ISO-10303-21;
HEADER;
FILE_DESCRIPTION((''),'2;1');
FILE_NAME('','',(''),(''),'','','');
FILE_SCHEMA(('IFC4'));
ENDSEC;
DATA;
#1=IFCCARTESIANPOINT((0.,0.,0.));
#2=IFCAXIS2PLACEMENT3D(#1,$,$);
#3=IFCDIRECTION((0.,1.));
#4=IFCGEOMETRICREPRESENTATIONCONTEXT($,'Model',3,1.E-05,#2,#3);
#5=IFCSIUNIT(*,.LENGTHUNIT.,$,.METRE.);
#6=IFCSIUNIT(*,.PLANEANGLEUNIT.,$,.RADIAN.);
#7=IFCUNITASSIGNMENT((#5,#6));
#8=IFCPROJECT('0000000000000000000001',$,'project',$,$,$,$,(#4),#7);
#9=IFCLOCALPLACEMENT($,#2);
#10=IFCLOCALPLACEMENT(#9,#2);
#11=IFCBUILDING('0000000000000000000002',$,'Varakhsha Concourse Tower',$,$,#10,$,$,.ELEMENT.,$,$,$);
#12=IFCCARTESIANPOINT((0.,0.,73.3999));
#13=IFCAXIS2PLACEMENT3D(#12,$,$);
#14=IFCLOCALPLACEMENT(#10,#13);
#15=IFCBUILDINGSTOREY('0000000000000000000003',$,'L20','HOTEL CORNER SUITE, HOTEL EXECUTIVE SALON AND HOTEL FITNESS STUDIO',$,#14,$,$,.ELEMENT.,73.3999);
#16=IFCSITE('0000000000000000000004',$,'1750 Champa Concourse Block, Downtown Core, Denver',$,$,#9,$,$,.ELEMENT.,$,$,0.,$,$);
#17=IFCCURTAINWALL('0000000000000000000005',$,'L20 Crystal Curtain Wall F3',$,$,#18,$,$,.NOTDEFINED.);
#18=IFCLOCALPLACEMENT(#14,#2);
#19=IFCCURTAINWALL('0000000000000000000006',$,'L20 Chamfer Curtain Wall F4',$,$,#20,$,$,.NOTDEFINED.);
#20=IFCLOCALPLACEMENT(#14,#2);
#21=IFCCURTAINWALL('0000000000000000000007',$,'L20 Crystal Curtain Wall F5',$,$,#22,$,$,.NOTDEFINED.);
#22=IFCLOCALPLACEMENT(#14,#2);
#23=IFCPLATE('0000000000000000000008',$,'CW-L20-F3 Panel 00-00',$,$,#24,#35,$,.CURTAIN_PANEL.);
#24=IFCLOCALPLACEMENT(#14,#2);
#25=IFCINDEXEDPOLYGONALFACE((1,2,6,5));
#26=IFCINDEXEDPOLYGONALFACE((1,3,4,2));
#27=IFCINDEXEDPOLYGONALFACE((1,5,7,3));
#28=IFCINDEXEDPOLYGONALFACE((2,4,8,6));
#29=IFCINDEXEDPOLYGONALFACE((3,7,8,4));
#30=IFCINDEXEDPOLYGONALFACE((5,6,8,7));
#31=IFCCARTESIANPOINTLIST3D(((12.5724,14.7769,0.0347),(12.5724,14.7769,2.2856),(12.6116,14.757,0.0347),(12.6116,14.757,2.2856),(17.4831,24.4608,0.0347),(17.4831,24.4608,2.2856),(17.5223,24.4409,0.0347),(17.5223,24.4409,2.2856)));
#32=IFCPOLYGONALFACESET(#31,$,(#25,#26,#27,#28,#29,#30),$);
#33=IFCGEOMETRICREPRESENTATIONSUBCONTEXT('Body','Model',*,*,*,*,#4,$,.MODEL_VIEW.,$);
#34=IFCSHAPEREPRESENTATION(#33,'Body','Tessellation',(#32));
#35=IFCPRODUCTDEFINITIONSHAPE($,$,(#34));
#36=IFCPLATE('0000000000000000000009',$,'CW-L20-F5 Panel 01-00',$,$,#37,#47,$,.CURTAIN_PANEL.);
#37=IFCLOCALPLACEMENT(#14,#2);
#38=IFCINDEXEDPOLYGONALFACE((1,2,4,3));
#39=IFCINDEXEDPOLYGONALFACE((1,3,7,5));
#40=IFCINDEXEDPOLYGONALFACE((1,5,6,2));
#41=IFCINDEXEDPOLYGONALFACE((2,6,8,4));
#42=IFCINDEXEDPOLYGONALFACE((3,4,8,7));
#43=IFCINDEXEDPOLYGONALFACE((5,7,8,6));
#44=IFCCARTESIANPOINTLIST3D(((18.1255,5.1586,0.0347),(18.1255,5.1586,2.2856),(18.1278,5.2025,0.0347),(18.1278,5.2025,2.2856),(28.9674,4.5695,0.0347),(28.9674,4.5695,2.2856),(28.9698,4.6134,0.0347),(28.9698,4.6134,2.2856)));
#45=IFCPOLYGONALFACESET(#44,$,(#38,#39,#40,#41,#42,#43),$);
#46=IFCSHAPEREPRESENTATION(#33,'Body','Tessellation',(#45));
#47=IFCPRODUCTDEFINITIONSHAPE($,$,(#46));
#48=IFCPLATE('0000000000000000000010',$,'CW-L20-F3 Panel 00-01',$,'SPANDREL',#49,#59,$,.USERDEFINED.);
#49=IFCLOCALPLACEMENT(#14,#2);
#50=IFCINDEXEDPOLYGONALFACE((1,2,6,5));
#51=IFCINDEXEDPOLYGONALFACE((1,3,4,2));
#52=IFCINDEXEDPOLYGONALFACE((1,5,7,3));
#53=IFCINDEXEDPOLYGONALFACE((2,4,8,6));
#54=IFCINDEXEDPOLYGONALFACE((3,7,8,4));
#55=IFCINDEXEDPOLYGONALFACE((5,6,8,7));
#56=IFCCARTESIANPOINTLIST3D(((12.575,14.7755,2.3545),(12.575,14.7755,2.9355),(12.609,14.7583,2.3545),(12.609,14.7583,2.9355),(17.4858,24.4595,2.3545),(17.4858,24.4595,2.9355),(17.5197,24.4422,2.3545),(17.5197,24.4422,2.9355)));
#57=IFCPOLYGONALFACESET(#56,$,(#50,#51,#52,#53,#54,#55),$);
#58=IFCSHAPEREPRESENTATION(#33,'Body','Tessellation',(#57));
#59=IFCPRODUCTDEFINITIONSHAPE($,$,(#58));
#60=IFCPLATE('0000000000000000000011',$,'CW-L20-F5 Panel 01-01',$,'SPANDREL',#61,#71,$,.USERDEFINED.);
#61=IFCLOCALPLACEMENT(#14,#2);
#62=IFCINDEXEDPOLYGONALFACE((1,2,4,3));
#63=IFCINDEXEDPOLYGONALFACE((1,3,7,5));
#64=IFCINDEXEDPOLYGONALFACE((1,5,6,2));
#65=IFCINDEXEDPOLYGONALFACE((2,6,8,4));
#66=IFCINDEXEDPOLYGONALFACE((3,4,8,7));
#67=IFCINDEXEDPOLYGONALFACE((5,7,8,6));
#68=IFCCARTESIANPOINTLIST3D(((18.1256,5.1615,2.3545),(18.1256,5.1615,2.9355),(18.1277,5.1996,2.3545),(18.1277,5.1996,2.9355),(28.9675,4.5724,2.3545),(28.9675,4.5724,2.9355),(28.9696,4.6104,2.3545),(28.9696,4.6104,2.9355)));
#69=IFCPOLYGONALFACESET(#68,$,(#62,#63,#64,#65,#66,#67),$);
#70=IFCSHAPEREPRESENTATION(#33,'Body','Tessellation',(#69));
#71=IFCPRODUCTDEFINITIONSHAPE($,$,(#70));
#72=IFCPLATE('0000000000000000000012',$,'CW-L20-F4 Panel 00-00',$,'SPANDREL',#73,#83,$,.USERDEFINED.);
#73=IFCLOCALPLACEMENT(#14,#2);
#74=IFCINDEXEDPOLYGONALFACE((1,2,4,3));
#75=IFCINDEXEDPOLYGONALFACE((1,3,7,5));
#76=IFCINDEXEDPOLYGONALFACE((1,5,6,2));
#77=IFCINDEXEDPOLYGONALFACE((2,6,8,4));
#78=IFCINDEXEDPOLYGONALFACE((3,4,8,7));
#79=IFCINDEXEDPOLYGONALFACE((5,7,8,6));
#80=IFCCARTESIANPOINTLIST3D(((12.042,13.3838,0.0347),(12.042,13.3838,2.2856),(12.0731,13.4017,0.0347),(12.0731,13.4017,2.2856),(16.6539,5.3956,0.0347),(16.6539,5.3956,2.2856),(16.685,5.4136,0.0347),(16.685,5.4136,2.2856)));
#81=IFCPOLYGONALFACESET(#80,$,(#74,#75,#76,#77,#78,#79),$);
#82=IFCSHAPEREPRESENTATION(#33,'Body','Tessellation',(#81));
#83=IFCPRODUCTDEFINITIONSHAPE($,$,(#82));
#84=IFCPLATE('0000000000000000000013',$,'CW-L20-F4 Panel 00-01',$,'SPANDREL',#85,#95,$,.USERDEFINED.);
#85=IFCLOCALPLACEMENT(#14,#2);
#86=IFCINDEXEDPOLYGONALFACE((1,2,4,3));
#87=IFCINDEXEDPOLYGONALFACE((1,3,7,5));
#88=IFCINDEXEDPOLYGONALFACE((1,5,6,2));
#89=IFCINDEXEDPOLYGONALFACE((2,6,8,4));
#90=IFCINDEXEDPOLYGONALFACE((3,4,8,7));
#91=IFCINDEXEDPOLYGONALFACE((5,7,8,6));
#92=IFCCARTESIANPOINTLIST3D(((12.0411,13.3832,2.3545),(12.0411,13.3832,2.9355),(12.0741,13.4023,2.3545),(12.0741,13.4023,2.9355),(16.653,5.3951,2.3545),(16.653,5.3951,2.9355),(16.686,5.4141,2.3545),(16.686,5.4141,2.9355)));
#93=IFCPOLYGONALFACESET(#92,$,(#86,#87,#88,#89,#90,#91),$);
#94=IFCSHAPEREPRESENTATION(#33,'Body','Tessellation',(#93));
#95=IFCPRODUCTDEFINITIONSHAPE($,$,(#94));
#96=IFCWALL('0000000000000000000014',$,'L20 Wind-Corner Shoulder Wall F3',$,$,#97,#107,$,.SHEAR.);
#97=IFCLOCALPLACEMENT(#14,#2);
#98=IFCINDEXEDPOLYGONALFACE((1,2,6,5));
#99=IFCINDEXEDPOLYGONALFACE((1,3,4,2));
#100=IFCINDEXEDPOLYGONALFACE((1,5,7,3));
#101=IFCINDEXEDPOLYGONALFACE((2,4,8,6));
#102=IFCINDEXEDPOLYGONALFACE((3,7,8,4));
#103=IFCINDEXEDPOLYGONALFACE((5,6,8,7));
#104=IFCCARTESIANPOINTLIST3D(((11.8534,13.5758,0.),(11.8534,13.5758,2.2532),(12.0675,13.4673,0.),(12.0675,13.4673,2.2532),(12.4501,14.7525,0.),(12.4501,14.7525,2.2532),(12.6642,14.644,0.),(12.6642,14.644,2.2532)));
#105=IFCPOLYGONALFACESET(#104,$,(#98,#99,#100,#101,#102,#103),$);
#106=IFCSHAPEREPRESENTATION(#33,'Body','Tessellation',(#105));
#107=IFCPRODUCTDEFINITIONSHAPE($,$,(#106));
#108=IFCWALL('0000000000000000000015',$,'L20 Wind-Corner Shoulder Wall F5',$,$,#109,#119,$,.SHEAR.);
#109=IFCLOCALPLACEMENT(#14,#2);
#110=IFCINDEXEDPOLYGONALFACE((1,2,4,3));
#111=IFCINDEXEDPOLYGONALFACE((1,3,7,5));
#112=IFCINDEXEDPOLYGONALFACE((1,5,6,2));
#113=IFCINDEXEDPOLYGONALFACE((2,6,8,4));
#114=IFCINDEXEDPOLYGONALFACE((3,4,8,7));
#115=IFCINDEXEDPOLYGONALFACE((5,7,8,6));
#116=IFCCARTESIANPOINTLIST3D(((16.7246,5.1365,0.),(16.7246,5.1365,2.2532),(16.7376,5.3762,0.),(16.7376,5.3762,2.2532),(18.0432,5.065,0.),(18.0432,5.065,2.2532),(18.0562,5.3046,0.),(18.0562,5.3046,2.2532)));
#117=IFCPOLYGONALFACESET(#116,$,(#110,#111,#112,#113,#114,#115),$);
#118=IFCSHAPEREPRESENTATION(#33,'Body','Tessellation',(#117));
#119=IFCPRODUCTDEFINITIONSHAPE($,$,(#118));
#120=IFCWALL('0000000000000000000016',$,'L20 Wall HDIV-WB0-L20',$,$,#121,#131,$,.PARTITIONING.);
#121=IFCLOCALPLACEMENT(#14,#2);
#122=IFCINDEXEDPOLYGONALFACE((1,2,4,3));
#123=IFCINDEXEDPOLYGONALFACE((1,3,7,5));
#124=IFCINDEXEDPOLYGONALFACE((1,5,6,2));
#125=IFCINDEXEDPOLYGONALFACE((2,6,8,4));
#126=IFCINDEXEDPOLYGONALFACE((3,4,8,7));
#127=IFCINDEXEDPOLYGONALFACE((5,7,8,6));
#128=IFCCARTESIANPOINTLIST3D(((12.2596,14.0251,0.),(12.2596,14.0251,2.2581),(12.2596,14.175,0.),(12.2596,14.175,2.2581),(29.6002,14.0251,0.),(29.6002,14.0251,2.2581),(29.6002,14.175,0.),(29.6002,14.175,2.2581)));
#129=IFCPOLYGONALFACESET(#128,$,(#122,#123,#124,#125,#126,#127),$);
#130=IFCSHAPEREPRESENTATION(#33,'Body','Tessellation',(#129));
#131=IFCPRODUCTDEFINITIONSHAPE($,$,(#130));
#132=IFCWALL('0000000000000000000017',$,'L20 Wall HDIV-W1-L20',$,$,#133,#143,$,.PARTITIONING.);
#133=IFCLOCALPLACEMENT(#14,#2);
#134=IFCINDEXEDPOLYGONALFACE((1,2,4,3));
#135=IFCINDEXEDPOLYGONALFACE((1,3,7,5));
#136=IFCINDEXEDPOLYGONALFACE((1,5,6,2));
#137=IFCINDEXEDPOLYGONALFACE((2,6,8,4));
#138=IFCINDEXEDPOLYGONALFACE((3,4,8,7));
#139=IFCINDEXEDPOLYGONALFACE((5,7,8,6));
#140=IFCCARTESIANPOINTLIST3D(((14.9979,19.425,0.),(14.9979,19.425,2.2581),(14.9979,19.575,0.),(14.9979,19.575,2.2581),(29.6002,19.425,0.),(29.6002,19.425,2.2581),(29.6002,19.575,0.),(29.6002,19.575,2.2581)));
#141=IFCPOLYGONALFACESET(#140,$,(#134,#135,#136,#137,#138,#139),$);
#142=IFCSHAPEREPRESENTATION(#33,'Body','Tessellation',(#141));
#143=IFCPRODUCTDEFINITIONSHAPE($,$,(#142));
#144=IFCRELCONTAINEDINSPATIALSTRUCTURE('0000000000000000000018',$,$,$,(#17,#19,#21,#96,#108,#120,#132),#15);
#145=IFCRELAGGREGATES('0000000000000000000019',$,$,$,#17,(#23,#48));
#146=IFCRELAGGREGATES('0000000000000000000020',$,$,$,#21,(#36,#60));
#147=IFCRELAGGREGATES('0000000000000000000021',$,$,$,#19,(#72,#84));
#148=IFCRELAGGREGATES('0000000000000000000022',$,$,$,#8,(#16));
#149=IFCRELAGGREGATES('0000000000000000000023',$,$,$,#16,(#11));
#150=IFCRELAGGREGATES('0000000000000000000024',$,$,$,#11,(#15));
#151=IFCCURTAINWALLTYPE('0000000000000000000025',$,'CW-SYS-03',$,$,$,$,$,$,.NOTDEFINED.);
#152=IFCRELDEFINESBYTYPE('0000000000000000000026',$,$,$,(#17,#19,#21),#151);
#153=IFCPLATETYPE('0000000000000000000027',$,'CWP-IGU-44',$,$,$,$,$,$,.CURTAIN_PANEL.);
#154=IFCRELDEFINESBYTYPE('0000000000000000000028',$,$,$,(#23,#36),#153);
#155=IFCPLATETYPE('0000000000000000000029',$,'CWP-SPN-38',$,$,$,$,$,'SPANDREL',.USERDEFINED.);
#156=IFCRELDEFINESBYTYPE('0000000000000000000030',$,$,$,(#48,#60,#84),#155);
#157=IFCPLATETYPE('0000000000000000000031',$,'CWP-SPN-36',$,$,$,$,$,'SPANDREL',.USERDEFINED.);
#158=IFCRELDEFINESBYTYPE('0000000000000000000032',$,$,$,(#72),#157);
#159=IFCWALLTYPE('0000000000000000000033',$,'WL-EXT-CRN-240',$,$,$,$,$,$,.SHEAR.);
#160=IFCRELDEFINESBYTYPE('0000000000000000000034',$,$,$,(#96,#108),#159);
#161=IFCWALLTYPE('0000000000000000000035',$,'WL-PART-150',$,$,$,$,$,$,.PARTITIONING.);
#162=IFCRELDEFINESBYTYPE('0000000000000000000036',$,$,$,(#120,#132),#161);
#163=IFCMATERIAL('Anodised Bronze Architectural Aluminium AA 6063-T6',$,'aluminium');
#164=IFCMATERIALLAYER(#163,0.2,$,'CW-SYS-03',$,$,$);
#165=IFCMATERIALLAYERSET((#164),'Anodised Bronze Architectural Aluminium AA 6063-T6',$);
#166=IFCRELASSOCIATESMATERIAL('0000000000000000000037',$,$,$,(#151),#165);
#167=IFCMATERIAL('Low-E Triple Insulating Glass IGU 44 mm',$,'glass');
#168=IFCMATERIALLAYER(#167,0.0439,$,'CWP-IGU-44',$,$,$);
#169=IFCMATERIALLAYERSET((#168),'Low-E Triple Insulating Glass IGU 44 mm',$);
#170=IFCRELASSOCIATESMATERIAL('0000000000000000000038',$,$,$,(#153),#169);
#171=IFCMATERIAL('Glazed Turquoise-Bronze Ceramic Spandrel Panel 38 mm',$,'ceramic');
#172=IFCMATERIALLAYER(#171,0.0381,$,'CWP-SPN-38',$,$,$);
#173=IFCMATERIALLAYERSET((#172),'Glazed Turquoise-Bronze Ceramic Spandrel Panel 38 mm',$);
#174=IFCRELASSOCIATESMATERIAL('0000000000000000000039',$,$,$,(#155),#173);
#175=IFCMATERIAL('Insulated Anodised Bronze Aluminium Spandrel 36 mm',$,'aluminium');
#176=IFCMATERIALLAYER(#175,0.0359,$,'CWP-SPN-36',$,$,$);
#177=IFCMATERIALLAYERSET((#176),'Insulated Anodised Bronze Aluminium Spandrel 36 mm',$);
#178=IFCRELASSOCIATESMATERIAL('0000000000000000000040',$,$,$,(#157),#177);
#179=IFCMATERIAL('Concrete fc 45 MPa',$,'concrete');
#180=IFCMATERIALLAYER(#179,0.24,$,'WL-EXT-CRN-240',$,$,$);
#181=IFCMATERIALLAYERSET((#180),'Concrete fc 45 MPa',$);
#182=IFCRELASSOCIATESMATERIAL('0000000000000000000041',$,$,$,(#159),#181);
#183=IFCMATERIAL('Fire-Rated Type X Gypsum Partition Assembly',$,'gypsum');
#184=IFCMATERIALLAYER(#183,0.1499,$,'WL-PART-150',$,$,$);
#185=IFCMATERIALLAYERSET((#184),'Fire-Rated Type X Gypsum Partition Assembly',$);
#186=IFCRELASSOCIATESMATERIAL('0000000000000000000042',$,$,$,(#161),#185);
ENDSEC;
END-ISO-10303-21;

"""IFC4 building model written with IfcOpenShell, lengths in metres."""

from ifc_helpers import new_model, si_unit, direction, frame, frame_2d, origin, origin_2d, place, context, subcontext, project, spatial, rectangle, extrude, source, transform, mapped, material, layer, layer_set, type_object, type_shapes, element, aggregate, save


model = new_model("IFC4")

# Units and contexts
model_context = context("Model", 3, precision=1e-05, world=origin(), true_north=direction((0.0, 1.0)))
body_context = subcontext(model_context, "Body", "Model", "MODEL_VIEW")
ifc_project = project(units=[si_unit("LENGTHUNIT", "METRE"), si_unit("PLANEANGLEUNIT", "RADIAN")], contexts=[model_context])

# Site, building, storey
site_placement = place(None, origin())
site = spatial("IfcSite", under=ifc_project, at=site_placement, Name="1750 Champa Concourse Block, Downtown Core, Denver", CompositionType="ELEMENT", RefElevation=0.0)
building_placement = place(site_placement, origin())
building = spatial("IfcBuilding", under=site, at=building_placement, Name="Varakhsha Concourse Tower", CompositionType="ELEMENT")
storey_placement = place(building_placement, frame((0.0, 0.0, 73.3999)))
storey = spatial("IfcBuildingStorey", under=building, at=storey_placement, Name="L20", Description="HOTEL CORNER SUITE, HOTEL EXECUTIVE SALON AND HOTEL FITNESS STUDIO", CompositionType="ELEMENT", Elevation=73.3999)

# Curtain wall
ifc_material_1 = material(Name="Anodised Bronze Architectural Aluminium AA 6063-T6", Category="aluminium")
ifc_layer_1 = layer(ifc_material_1, 0.2, Name="CW-SYS-03")
ifc_layer_set_1 = layer_set([ifc_layer_1], Name="Anodised Bronze Architectural Aluminium AA 6063-T6")
curtain_wall_type = type_object("IfcCurtainWallType", Name="CW-SYS-03", PredefinedType="NOTDEFINED", material=ifc_layer_set_1)
curtain_wall_1_placement = place(storey_placement, origin())
curtain_wall_1 = element("IfcCurtainWall", 1, at=curtain_wall_1_placement, inside=storey, type_object=curtain_wall_type, Name="L20 Crystal Curtain Wall F3", PredefinedType="NOTDEFINED")

# Curtain wall
curtain_wall_2_placement = place(storey_placement, origin())
curtain_wall_2 = element("IfcCurtainWall", 2, at=curtain_wall_2_placement, inside=storey, type_object=curtain_wall_type, Name="L20 Chamfer Curtain Wall F4", PredefinedType="NOTDEFINED")

# Curtain wall
curtain_wall_3_placement = place(storey_placement, origin())
curtain_wall_3 = element("IfcCurtainWall", 3, at=curtain_wall_3_placement, inside=storey, type_object=curtain_wall_type, Name="L20 Crystal Curtain Wall F5", PredefinedType="NOTDEFINED")

# Shared definitions
ifc_material_2 = material(Name="Concrete fc 45 MPa", Category="concrete")

# Plates
ifc_material_3 = material(Name="Low-E Triple Insulating Glass IGU 44 mm", Category="glass")
ifc_layer_2 = layer(ifc_material_3, 0.0439, Name="CWP-IGU-44")
ifc_layer_set_2 = layer_set([ifc_layer_2], Name="Low-E Triple Insulating Glass IGU 44 mm")
plate_type_1 = type_object("IfcPlateType", Name="CWP-IGU-44", PredefinedType="CURTAIN_PANEL", material=ifc_layer_set_2)
shared_shape_1 = source(origin(), body_context, "Body", "SweptSolid", [
    extrude(rectangle(XDim=10.8579, YDim=0.0439, at=origin_2d()), origin(), (0.0, 0.0, 1.0), 2.251),
])
type_shapes(plate_type_1, [shared_shape_1])
plate_1_placement = place(storey_placement, frame((15.0474, 19.6089, 0.0347), z_axis=(0.0, 0.0, 1.0), x_axis=(0.452274, 0.891879, 0.0)))
plate_1 = element("IfcPlate", 4, at=plate_1_placement, type_object=plate_type_1, Name="CW-L20-F3 Panel 00-00", PredefinedType="CURTAIN_PANEL", context=body_context, shape_type="MappedRepresentation", body=[
    mapped(shared_shape_1, transform((0.0, 0.0, 0.0), scale=1.0)),
])
plate_2_placement = place(storey_placement, frame((23.5476, 4.886, 0.0347), z_axis=(0.0, 0.0, 1.0), x_axis=(-0.998527, 0.054257, 0.0)))
plate_2 = element("IfcPlate", 5, at=plate_2_placement, type_object=plate_type_1, Name="CW-L20-F5 Panel 01-00", PredefinedType="CURTAIN_PANEL", context=body_context, shape_type="MappedRepresentation", body=[
    mapped(shared_shape_1, transform((0.0, 0.0, 0.0), scale=1.0)),
])
ifc_material_4 = material(Name="Glazed Turquoise-Bronze Ceramic Spandrel Panel 38 mm", Category="ceramic")
ifc_layer_3 = layer(ifc_material_4, 0.0381, Name="CWP-SPN-38")
ifc_layer_set_3 = layer_set([ifc_layer_3], Name="Glazed Turquoise-Bronze Ceramic Spandrel Panel 38 mm")
plate_type_2 = type_object("IfcPlateType", Name="CWP-SPN-38", ElementType="SPANDREL", PredefinedType="USERDEFINED", material=ifc_layer_set_3)
shared_shape_2 = source(origin(), body_context, "Body", "SweptSolid", [
    extrude(rectangle(XDim=10.8579, YDim=0.0381, at=origin_2d()), origin(), (0.0, 0.0, 1.0), 0.5811),
])
plate_3_placement = place(storey_placement, frame((15.0474, 19.6089, 2.3545), z_axis=(0.0, 0.0, 1.0), x_axis=(0.452274, 0.891879, 0.0)))
plate_3 = element("IfcPlate", 6, at=plate_3_placement, type_object=plate_type_2, Name="CW-L20-F3 Panel 00-01", ObjectType="SPANDREL", PredefinedType="USERDEFINED", context=body_context, shape_type="MappedRepresentation", body=[
    mapped(shared_shape_2, transform((0.0, 0.0, 0.0), scale=1.0)),
])
aggregate(curtain_wall_1, [plate_1, plate_3])
plate_4_placement = place(storey_placement, frame((23.5476, 4.886, 2.3545), z_axis=(0.0, 0.0, 1.0), x_axis=(-0.998527, 0.054257, 0.0)))
plate_4 = element("IfcPlate", 7, at=plate_4_placement, type_object=plate_type_2, Name="CW-L20-F5 Panel 01-01", ObjectType="SPANDREL", PredefinedType="USERDEFINED", context=body_context, shape_type="MappedRepresentation", body=[
    mapped(shared_shape_2, transform((0.0, 0.0, 0.0), scale=1.0)),
])
aggregate(curtain_wall_3, [plate_2, plate_4])
ifc_material_5 = material(Name="Insulated Anodised Bronze Aluminium Spandrel 36 mm", Category="aluminium")
ifc_layer_4 = layer(ifc_material_5, 0.0359, Name="CWP-SPN-36")
ifc_layer_set_4 = layer_set([ifc_layer_4], Name="Insulated Anodised Bronze Aluminium Spandrel 36 mm")
plate_type_3 = type_object("IfcPlateType", Name="CWP-SPN-36", ElementType="SPANDREL", PredefinedType="USERDEFINED", material=ifc_layer_set_4)
shared_shape_3 = source(origin(), body_context, "Body", "SweptSolid", [
    extrude(rectangle(XDim=9.2239, YDim=0.0359, at=origin_2d()), origin(), (0.0, 0.0, 1.0), 2.251),
])
type_shapes(plate_type_3, [shared_shape_3])
plate_5_placement = place(storey_placement, frame((14.3635, 9.3987, 0.0347), z_axis=(0.0, 0.0, 1.0), x_axis=(-0.499994, 0.866029, 0.0)))
plate_5 = element("IfcPlate", 8, at=plate_5_placement, type_object=plate_type_3, Name="CW-L20-F4 Panel 00-00", ObjectType="SPANDREL", PredefinedType="USERDEFINED", context=body_context, shape_type="MappedRepresentation", body=[
    mapped(shared_shape_3, transform((0.0, 0.0, 0.0), scale=1.0)),
])
shared_shape_4 = source(origin(), body_context, "Body", "SweptSolid", [
    extrude(rectangle(XDim=9.2239, YDim=0.0381, at=origin_2d()), origin(), (0.0, 0.0, 1.0), 0.5811),
])
type_shapes(plate_type_2, [shared_shape_2, shared_shape_4])
plate_6_placement = place(storey_placement, frame((14.3635, 9.3987, 2.3545), z_axis=(0.0, 0.0, 1.0), x_axis=(-0.499994, 0.866029, 0.0)))
plate_6 = element("IfcPlate", 9, at=plate_6_placement, type_object=plate_type_2, Name="CW-L20-F4 Panel 00-01", ObjectType="SPANDREL", PredefinedType="USERDEFINED", context=body_context, shape_type="MappedRepresentation", body=[
    mapped(shared_shape_4, transform((0.0, 0.0, 0.0), scale=1.0)),
])
aggregate(curtain_wall_2, [plate_5, plate_6])

# Walls
ifc_layer_5 = layer(ifc_material_2, 0.24, Name="WL-EXT-CRN-240")
ifc_layer_set_5 = layer_set([ifc_layer_5], Name="Concrete fc 45 MPa")
wall_type_1 = type_object("IfcWallType", Name="WL-EXT-CRN-240", PredefinedType="SHEAR", material=ifc_layer_set_5)
wall_1_placement = place(storey_placement, frame((12.5571, 14.6982, 0.0), z_axis=(0.0, 0.0, 1.0), x_axis=(-0.45224, -0.891896, 0.0)))
element("IfcWall", 10, at=wall_1_placement, inside=storey, type_object=wall_type_1, Name="L20 Wind-Corner Shoulder Wall F3", PredefinedType="SHEAR", context=body_context, shape_type="SweptSolid", body=[
    extrude(rectangle(XDim=1.3193, YDim=0.24, at=frame_2d((0.6597, 0.0))), origin(), (0.0, 0.0, 1.0), 2.2532),
])
wall_2_placement = place(storey_placement, frame((16.7312, 5.2563, 0.0), z_axis=(0.0, 0.0, 1.0), x_axis=(0.998532, -0.05417, 0.0)))
element("IfcWall", 11, at=wall_2_placement, inside=storey, type_object=wall_type_1, Name="L20 Wind-Corner Shoulder Wall F5", PredefinedType="SHEAR", context=body_context, shape_type="SweptSolid", body=[
    extrude(rectangle(XDim=1.3206, YDim=0.24, at=frame_2d((0.6602, 0.0))), origin(), (0.0, 0.0, 1.0), 2.2532),
])
ifc_material_6 = material(Name="Fire-Rated Type X Gypsum Partition Assembly", Category="gypsum")
ifc_layer_6 = layer(ifc_material_6, 0.1499, Name="WL-PART-150")
ifc_layer_set_6 = layer_set([ifc_layer_6], Name="Fire-Rated Type X Gypsum Partition Assembly")
wall_type_2 = type_object("IfcWallType", Name="WL-PART-150", PredefinedType="PARTITIONING", material=ifc_layer_set_6)
wall_3_placement = place(storey_placement, frame((12.2595, 14.1001, 0.0), z_axis=(0.0, 0.0, 1.0), x_axis=(1.0, 0.0, 0.0)))
element("IfcWall", 12, at=wall_3_placement, inside=storey, type_object=wall_type_2, Name="L20 Wall HDIV-WB0-L20", PredefinedType="PARTITIONING", context=body_context, shape_type="SweptSolid", body=[
    extrude(rectangle(XDim=17.3406, YDim=0.1499, at=frame_2d((8.6704, 0.0))), origin(), (0.0, 0.0, 1.0), 2.2581),
])
wall_4_placement = place(storey_placement, frame((14.9978, 19.5, 0.0), z_axis=(0.0, 0.0, 1.0), x_axis=(1.0, 0.0, 0.0)))
element("IfcWall", 13, at=wall_4_placement, inside=storey, type_object=wall_type_2, Name="L20 Wall HDIV-W1-L20", PredefinedType="PARTITIONING", context=body_context, shape_type="SweptSolid", body=[
    extrude(rectangle(XDim=14.6023, YDim=0.1499, at=frame_2d((7.3013, 0.0))), origin(), (0.0, 0.0, 1.0), 2.2581),
])

save(model, "model.ifc")
